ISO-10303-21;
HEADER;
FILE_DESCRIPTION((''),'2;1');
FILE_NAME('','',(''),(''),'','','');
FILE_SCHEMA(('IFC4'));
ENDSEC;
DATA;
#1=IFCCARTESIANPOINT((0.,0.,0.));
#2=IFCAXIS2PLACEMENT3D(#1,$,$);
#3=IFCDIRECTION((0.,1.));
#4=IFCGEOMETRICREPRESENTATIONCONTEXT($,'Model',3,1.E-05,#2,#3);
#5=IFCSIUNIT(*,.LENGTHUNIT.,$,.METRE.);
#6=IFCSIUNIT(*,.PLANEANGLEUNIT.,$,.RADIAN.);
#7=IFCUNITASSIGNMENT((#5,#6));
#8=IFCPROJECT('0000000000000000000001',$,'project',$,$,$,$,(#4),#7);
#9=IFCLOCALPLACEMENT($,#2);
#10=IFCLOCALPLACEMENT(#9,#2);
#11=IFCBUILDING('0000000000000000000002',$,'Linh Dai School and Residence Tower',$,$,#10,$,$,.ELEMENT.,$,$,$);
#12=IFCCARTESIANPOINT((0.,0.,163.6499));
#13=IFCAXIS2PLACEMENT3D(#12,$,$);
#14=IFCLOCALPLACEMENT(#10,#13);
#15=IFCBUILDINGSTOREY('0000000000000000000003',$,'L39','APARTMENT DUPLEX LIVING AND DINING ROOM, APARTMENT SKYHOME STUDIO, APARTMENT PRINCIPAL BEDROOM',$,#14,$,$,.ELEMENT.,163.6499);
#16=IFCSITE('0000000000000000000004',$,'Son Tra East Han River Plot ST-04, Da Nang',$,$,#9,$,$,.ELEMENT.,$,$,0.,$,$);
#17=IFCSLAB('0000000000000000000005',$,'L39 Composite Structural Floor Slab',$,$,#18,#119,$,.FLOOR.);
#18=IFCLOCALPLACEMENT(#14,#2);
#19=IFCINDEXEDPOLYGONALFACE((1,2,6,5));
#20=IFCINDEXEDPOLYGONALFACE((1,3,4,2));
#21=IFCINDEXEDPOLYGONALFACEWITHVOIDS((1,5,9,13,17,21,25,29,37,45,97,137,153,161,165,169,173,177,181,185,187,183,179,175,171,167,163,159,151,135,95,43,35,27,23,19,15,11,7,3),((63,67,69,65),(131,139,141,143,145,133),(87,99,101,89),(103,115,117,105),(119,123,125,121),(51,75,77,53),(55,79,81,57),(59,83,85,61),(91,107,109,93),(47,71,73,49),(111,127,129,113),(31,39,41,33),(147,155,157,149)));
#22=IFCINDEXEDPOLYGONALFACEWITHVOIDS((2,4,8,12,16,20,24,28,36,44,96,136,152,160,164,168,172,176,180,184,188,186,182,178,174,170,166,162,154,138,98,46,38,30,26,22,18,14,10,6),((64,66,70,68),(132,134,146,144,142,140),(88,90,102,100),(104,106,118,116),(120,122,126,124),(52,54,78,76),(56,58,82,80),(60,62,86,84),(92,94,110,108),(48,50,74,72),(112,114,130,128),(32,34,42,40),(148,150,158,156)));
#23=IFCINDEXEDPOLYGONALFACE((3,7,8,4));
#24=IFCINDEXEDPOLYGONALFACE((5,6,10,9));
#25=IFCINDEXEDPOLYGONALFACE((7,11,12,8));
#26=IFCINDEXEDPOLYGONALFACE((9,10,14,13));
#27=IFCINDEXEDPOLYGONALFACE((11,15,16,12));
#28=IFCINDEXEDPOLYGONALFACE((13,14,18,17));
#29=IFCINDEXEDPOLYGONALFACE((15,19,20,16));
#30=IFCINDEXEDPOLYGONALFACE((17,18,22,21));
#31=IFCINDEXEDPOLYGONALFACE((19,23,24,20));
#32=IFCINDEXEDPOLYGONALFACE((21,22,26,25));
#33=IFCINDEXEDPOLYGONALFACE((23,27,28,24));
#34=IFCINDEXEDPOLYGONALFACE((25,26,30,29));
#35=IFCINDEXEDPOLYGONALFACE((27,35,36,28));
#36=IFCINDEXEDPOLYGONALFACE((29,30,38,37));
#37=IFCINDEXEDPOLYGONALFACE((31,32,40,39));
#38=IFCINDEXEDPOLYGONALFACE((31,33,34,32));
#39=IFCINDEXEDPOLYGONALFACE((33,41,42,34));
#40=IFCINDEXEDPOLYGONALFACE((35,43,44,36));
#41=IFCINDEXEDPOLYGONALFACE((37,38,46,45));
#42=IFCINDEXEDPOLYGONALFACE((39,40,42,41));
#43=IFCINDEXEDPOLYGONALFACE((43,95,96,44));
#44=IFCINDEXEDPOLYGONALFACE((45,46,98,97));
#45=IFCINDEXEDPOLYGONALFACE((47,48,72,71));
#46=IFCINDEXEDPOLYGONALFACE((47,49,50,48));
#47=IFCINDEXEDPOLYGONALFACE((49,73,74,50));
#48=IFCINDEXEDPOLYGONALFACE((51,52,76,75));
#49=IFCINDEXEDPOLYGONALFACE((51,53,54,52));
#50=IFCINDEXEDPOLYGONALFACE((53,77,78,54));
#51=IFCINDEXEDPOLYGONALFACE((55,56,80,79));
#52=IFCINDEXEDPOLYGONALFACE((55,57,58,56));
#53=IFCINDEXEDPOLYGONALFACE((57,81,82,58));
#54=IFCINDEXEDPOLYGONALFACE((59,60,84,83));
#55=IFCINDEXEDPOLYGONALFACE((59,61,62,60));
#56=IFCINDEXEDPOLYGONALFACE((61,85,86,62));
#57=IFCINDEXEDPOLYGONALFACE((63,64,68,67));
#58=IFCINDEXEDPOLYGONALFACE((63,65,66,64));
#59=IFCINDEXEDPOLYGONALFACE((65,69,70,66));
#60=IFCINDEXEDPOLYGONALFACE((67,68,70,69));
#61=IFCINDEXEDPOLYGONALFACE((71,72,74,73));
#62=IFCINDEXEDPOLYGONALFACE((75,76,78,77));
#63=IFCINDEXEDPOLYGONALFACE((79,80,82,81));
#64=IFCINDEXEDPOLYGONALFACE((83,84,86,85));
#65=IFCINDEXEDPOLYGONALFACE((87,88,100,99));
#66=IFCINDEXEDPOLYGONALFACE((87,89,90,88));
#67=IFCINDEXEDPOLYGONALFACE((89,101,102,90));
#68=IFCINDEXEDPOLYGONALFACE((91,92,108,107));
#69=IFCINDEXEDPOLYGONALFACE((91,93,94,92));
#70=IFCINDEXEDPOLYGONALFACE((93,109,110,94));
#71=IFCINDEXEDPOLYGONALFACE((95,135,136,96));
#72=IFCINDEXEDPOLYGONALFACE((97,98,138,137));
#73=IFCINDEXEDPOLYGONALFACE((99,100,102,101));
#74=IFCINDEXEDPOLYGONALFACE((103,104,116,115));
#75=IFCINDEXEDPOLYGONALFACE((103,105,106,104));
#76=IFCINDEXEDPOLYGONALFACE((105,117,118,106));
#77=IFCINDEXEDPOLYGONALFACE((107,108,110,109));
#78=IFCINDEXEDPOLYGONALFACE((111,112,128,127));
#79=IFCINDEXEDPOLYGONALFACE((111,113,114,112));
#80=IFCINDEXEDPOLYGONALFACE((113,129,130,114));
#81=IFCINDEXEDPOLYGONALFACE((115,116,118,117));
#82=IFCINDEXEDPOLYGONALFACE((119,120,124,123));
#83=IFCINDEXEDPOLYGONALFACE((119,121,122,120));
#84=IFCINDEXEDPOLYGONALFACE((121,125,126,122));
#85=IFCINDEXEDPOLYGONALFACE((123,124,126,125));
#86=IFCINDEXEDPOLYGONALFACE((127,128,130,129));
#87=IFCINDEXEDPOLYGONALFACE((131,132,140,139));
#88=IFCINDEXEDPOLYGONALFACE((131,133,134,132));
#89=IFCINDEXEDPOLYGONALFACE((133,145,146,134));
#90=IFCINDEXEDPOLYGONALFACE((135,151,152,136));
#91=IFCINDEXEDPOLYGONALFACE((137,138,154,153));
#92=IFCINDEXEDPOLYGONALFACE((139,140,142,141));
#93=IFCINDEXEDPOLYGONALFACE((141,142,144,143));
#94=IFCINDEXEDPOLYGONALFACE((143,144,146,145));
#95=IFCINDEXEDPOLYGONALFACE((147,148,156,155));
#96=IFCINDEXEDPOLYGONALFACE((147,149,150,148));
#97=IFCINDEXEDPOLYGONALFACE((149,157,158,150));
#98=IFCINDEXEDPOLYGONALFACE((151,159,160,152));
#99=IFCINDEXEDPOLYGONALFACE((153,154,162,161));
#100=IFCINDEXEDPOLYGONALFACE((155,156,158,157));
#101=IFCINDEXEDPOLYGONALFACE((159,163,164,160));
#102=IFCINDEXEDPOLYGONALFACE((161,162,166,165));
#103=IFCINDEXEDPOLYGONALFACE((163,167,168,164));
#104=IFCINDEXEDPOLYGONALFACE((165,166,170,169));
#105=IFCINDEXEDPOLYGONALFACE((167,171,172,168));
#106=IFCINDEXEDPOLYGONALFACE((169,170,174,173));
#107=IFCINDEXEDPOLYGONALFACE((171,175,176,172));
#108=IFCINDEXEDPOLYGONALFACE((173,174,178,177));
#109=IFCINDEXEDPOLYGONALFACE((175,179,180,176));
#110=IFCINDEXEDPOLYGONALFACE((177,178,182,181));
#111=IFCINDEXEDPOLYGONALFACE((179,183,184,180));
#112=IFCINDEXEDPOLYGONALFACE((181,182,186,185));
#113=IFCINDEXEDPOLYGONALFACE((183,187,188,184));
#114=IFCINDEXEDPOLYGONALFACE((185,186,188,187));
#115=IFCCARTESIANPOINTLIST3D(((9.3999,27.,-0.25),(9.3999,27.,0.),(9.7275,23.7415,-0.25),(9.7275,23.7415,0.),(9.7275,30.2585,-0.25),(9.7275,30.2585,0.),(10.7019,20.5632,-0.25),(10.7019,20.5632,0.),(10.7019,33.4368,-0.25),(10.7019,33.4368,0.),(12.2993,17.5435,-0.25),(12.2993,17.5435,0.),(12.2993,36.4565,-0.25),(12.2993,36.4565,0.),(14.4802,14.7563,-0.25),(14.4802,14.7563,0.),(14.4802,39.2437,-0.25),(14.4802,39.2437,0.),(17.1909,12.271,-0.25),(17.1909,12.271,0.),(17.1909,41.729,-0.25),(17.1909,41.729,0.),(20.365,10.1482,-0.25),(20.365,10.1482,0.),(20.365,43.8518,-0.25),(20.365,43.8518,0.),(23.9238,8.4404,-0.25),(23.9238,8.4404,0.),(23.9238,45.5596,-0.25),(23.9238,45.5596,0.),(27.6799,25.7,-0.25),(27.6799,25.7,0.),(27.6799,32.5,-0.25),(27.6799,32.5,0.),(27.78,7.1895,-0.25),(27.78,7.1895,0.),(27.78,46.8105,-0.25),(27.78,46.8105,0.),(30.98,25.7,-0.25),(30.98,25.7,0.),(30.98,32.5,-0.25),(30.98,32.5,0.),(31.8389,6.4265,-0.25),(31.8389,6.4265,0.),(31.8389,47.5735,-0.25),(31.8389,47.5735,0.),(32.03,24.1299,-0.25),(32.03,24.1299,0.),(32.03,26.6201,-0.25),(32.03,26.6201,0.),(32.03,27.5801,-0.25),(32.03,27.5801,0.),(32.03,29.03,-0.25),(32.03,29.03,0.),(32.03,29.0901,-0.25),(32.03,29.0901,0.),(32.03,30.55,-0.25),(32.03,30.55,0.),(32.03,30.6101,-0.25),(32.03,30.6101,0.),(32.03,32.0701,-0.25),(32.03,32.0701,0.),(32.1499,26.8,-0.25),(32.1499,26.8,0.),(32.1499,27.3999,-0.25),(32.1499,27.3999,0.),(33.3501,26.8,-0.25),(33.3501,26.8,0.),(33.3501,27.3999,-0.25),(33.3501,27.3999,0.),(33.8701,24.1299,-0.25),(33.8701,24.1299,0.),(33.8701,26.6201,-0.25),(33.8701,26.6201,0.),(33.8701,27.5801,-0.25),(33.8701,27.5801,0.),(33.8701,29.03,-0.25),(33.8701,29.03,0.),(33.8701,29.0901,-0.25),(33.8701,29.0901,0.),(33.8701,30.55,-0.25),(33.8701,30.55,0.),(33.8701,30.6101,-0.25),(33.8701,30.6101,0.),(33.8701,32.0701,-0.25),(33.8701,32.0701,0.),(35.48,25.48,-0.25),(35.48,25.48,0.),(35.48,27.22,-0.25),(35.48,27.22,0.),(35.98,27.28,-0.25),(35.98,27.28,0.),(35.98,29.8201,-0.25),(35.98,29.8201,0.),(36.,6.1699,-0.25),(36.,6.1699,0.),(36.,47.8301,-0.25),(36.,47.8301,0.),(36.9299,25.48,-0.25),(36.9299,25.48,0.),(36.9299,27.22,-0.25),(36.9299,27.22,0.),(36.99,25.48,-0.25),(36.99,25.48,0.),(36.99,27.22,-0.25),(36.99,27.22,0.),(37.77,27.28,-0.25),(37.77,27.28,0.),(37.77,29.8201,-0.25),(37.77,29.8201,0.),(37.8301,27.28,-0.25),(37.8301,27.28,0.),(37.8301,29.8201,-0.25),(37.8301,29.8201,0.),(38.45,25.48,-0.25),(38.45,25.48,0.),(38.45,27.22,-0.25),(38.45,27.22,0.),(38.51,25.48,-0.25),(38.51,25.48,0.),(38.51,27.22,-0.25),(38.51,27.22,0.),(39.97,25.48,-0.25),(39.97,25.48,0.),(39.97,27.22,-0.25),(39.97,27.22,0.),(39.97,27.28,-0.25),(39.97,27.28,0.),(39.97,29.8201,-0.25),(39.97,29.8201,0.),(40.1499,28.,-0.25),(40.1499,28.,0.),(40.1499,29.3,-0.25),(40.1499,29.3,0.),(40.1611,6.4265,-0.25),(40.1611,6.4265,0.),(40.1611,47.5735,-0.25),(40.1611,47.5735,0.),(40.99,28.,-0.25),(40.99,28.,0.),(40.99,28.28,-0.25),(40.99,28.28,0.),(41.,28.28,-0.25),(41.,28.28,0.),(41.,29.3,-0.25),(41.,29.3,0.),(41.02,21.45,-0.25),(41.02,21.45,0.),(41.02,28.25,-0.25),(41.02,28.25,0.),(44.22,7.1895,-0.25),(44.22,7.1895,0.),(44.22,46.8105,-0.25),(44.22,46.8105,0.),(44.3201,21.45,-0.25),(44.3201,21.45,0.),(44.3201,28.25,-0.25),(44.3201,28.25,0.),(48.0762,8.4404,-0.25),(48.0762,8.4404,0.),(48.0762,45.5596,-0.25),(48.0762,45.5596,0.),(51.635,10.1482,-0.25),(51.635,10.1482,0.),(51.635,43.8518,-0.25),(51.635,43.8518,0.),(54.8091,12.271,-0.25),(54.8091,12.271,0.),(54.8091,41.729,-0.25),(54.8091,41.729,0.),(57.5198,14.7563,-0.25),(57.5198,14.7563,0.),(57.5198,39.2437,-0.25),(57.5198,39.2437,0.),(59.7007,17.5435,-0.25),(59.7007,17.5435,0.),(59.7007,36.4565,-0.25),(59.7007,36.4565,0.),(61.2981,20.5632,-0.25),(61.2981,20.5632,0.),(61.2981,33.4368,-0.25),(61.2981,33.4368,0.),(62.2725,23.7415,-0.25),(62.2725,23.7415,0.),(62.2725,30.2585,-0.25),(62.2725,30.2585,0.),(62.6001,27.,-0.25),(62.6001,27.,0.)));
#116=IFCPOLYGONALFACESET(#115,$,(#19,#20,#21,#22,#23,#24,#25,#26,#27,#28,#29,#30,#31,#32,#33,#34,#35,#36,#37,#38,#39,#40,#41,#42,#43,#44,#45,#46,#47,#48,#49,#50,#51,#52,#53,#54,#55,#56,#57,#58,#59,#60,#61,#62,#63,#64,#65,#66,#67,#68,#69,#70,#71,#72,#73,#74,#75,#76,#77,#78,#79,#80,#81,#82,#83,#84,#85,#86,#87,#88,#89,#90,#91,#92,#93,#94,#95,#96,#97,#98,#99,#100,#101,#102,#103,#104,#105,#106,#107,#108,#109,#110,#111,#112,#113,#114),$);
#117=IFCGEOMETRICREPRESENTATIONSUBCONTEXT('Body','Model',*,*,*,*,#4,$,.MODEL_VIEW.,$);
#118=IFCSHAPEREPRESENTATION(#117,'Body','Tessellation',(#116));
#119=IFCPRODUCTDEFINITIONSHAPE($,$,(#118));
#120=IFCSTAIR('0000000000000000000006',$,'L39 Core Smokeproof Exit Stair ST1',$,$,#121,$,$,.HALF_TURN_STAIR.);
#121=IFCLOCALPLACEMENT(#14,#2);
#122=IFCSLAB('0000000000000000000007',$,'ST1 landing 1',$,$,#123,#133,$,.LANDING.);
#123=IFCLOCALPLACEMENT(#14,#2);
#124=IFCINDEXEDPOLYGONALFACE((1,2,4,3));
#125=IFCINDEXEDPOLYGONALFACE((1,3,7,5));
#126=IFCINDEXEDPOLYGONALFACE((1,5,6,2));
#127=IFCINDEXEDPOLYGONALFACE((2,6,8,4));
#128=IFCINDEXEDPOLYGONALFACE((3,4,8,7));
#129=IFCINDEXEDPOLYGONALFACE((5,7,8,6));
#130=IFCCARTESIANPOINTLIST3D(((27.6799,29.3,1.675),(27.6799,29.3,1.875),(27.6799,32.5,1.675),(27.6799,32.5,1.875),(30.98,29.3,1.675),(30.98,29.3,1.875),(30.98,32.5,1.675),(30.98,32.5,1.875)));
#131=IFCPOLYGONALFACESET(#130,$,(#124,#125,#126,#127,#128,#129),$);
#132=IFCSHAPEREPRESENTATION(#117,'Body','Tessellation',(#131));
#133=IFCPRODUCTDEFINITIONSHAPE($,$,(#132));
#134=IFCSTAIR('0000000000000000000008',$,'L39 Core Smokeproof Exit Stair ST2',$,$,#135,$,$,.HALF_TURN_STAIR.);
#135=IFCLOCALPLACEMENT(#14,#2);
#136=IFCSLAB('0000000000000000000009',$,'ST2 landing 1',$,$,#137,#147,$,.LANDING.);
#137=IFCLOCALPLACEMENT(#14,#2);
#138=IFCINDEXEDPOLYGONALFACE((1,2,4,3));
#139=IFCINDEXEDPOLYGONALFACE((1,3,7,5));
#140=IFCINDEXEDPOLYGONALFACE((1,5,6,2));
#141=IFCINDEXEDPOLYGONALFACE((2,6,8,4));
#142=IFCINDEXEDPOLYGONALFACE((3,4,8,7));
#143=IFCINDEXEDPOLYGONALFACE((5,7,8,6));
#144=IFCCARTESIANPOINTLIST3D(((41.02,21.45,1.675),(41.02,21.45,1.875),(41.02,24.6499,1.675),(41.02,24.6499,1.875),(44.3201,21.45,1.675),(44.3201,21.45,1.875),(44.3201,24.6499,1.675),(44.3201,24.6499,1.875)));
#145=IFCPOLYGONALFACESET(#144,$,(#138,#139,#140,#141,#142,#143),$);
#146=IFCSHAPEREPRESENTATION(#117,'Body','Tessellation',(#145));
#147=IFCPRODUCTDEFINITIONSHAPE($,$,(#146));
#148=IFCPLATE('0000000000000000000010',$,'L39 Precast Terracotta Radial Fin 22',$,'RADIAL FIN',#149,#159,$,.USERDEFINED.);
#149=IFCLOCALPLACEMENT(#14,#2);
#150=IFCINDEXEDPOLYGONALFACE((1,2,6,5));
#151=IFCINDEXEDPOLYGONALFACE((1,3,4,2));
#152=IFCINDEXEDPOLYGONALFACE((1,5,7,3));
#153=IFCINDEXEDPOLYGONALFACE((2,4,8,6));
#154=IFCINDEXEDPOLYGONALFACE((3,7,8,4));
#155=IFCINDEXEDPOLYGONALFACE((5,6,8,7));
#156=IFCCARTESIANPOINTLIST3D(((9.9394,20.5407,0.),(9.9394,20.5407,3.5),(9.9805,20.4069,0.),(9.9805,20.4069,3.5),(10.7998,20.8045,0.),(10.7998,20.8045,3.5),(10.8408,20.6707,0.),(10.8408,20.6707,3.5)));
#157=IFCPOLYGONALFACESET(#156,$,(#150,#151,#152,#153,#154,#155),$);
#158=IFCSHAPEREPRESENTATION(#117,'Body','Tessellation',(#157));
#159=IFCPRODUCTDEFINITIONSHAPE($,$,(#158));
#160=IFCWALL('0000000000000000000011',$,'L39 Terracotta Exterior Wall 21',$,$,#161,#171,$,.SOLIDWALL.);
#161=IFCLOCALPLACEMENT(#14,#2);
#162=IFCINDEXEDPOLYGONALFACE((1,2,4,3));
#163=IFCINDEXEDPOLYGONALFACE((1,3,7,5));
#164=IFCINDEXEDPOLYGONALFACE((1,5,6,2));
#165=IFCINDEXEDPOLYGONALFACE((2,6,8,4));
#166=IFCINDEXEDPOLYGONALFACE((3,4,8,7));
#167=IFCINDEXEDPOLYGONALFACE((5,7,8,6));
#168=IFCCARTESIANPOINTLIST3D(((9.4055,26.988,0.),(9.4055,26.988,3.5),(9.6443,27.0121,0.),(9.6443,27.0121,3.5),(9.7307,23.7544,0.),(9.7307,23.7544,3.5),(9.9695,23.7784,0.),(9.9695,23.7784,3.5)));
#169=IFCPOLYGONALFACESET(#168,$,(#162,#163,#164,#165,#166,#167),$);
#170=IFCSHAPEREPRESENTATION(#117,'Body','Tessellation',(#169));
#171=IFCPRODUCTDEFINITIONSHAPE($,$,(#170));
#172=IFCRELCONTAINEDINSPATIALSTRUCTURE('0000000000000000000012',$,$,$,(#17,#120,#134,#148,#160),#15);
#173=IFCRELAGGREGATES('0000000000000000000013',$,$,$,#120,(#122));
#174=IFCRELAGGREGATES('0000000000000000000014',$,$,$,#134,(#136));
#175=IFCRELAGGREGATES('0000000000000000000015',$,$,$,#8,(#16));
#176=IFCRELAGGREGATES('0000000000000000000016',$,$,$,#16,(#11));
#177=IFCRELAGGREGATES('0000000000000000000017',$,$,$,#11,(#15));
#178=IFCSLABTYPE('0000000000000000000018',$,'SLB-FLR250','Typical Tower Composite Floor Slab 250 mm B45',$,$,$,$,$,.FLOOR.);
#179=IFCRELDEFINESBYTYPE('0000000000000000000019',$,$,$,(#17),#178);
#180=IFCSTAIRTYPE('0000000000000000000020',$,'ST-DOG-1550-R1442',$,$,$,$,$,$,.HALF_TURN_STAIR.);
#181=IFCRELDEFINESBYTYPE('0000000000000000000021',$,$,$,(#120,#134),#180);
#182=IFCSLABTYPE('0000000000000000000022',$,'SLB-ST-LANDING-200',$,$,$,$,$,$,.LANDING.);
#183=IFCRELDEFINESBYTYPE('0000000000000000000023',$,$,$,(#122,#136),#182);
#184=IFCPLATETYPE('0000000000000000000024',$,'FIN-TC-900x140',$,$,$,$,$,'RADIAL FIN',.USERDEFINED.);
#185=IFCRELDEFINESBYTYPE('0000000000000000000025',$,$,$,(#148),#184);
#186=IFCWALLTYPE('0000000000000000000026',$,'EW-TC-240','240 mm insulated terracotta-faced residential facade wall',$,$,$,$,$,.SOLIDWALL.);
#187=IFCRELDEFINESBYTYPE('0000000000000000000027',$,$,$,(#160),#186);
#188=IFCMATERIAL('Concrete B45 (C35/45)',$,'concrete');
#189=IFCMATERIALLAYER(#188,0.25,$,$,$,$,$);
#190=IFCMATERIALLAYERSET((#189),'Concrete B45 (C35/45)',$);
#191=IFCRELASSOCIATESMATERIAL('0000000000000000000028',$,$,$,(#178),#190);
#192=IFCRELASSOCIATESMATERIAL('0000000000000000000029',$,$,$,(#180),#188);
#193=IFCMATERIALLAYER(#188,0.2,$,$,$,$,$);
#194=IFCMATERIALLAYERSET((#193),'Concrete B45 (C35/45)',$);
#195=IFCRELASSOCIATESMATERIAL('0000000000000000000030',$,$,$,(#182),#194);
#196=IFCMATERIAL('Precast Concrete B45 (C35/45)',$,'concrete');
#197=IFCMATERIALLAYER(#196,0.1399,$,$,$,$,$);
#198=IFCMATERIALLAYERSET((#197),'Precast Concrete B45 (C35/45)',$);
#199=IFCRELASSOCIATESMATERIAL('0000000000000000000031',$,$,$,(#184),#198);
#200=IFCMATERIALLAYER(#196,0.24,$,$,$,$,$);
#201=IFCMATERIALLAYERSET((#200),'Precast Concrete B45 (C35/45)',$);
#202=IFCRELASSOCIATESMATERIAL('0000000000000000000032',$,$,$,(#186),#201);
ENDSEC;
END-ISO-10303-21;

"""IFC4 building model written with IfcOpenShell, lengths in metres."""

from ifc_helpers import new_model, si_unit, direction, frame, frame_2d, origin, origin_2d, place, context, subcontext, project, spatial, polyline, rectangle, outline, extrude, source, transform, mapped, material, layer, layer_set, type_object, element, aggregate, save


model = new_model("IFC4")

# Units and contexts
model_context = context("Model", 3, precision=1e-05, world=origin(), true_north=direction((0.0, 1.0)))
body_context = subcontext(model_context, "Body", "Model", "MODEL_VIEW")
ifc_project = project(units=[si_unit("LENGTHUNIT", "METRE"), si_unit("PLANEANGLEUNIT", "RADIAN")], contexts=[model_context])

# Site, building, storey
site_placement = place(None, origin())
site = spatial("IfcSite", under=ifc_project, at=site_placement, Name="Son Tra East Han River Plot ST-04, Da Nang", CompositionType="ELEMENT", RefElevation=0.0)
building_placement = place(site_placement, origin())
building = spatial("IfcBuilding", under=site, at=building_placement, Name="Linh Dai School and Residence Tower", CompositionType="ELEMENT")
storey_placement = place(building_placement, frame((0.0, 0.0, 163.6499)))
storey = spatial("IfcBuildingStorey", under=building, at=storey_placement, Name="L39", Description="APARTMENT DUPLEX LIVING AND DINING ROOM, APARTMENT SKYHOME STUDIO, APARTMENT PRINCIPAL BEDROOM", CompositionType="ELEMENT", Elevation=163.6499)

# Slab
ifc_material_1 = material(Name="Concrete B45 (C35/45)", Category="concrete")
ifc_layer_1 = layer(ifc_material_1, 0.25)
ifc_layer_set_1 = layer_set([ifc_layer_1], Name="Concrete B45 (C35/45)")
slab_type_1 = type_object("IfcSlabType", Name="SLB-FLR250", Description="Typical Tower Composite Floor Slab 250 mm B45", PredefinedType="FLOOR", material=ifc_layer_set_1)
slab_1_placement = place(storey_placement, frame((0.0, 0.0, -0.25)))
element("IfcSlab", 1, at=slab_1_placement, inside=storey, type_object=slab_type_1, Name="L39 Composite Structural Floor Slab", PredefinedType="FLOOR", context=body_context, shape_type="SweptSolid", body=[
    extrude(outline(polyline([(62.6001, 27.0), (62.2725, 30.2585), (61.2981, 33.4368), (59.7007, 36.4565), (57.5198, 39.2437), (54.8091, 41.729), (51.635, 43.8518), (48.0762, 45.5596), (44.22, 46.8105), (40.1611, 47.5735), (36.0, 47.8301), (31.8389, 47.5735), (27.78, 46.8105), (23.9238, 45.5596), (20.365, 43.8518), (17.1909, 41.729), (14.4802, 39.2437), (12.2993, 36.4565), (10.7019, 33.4368), (9.7275, 30.2585), (9.3999, 27.0), (9.7275, 23.7415), (10.7019, 20.5632), (12.2993, 17.5435), (14.4802, 14.7563), (17.1909, 12.271), (20.365, 10.1482), (23.9238, 8.4404), (27.78, 7.1895), (31.8389, 6.4265), (36.0, 6.1699), (40.1611, 6.4265), (44.22, 7.1895), (48.0762, 8.4404), (51.635, 10.1482), (54.8091, 12.271), (57.5198, 14.7563), (59.7007, 17.5435), (61.2981, 20.5632), (62.2725, 23.7415), (62.6001, 27.0)]), holes=[polyline([(30.98, 25.7), (30.98, 32.5), (27.6799, 32.5), (27.6799, 25.7), (30.98, 25.7)]), polyline([(41.02, 28.25), (41.02, 21.45), (44.3201, 21.45), (44.3201, 28.25), (41.02, 28.25)]), polyline([(35.98, 27.28), (37.77, 27.28), (37.77, 29.8201), (35.98, 29.8201), (35.98, 27.28)]), polyline([(32.03, 24.1299), (33.8701, 24.1299), (33.8701, 26.6201), (32.03, 26.6201), (32.03, 24.1299)]), polyline([(37.8301, 27.28), (39.97, 27.28), (39.97, 29.8201), (37.8301, 29.8201), (37.8301, 27.28)]), polyline([(32.03, 27.5801), (33.8701, 27.5801), (33.8701, 29.03), (32.03, 29.03), (32.03, 27.5801)]), polyline([(32.03, 29.0901), (33.8701, 29.0901), (33.8701, 30.55), (32.03, 30.55), (32.03, 29.0901)]), polyline([(32.03, 30.6101), (33.8701, 30.6101), (33.8701, 32.0701), (32.03, 32.0701), (32.03, 30.6101)]), polyline([(35.48, 25.48), (36.9299, 25.48), (36.9299, 27.22), (35.48, 27.22), (35.48, 25.48)]), polyline([(36.99, 25.48), (38.45, 25.48), (38.45, 27.22), (36.99, 27.22), (36.99, 25.48)]), polyline([(38.51, 25.48), (39.97, 25.48), (39.97, 27.22), (38.51, 27.22), (38.51, 25.48)]), polyline([(40.1499, 28.0), (40.1499, 29.3), (41.0, 29.3), (41.0, 28.28), (40.99, 28.28), (40.99, 28.0), (40.1499, 28.0)]), polyline([(32.1499, 26.8), (33.3501, 26.8), (33.3501, 27.3999), (32.1499, 27.3999), (32.1499, 26.8)])]), origin(), (0.0, 0.0, 1.0), 0.25),
])

# Stairs, slabs
stair_type = type_object("IfcStairType", Name="ST-DOG-1550-R1442", PredefinedType="HALF_TURN_STAIR", material=ifc_material_1)
stair_1_placement = place(storey_placement, origin())
stair_1 = element("IfcStair", 2, at=stair_1_placement, inside=storey, type_object=stair_type, Name="L39 Core Smokeproof Exit Stair ST1", PredefinedType="HALF_TURN_STAIR")
ifc_layer_2 = layer(ifc_material_1, 0.2)
ifc_layer_set_2 = layer_set([ifc_layer_2], Name="Concrete B45 (C35/45)")
slab_type_2 = type_object("IfcSlabType", Name="SLB-ST-LANDING-200", PredefinedType="LANDING", material=ifc_layer_set_2)
slab_2_placement = place(storey_placement, frame((0.0, 0.0, 1.675)))
slab_2 = element("IfcSlab", 3, at=slab_2_placement, type_object=slab_type_2, Name="ST1 landing 1", PredefinedType="LANDING", context=body_context, shape_type="SweptSolid", body=[
    extrude(outline(polyline([(30.98, 29.3), (30.98, 32.5), (27.6799, 32.5), (27.6799, 29.3), (30.98, 29.3)])), origin(), (0.0, 0.0, 1.0), 0.2),
])
aggregate(stair_1, [slab_2])
stair_2_placement = place(storey_placement, origin())
stair_2 = element("IfcStair", 4, at=stair_2_placement, inside=storey, type_object=stair_type, Name="L39 Core Smokeproof Exit Stair ST2", PredefinedType="HALF_TURN_STAIR")
slab_3_placement = place(storey_placement, frame((0.0, 0.0, 1.675)))
slab_3 = element("IfcSlab", 5, at=slab_3_placement, type_object=slab_type_2, Name="ST2 landing 1", PredefinedType="LANDING", context=body_context, shape_type="SweptSolid", body=[
    extrude(outline(polyline([(41.02, 24.6499), (41.02, 21.45), (44.3201, 21.45), (44.3201, 24.6499), (41.02, 24.6499)])), origin(), (0.0, 0.0, 1.0), 0.2),
])
aggregate(stair_2, [slab_3])

# Plate
ifc_material_2 = material(Name="Precast Concrete B45 (C35/45)", Category="concrete")
ifc_layer_3 = layer(ifc_material_2, 0.1399)
ifc_layer_set_3 = layer_set([ifc_layer_3], Name="Precast Concrete B45 (C35/45)")
plate_type = type_object("IfcPlateType", Name="FIN-TC-900x140", ElementType="RADIAL FIN", PredefinedType="USERDEFINED", material=ifc_layer_set_3)
shared_shape_1 = source(origin(), body_context, "Body", "SweptSolid", [
    extrude(rectangle(XDim=0.8999, YDim=0.1399, at=origin_2d()), origin(), (0.0, 0.0, 1.0), 3.5),
])
plate_placement = place(storey_placement, frame((10.3901, 20.6057, 0.0), z_axis=(0.0, 0.0, 1.0), x_axis=(-0.956075, -0.293122, 0.0)))
element("IfcPlate", 6, at=plate_placement, inside=storey, type_object=plate_type, Name="L39 Precast Terracotta Radial Fin 22", ObjectType="RADIAL FIN", PredefinedType="USERDEFINED", context=body_context, shape_type="MappedRepresentation", body=[
    mapped(shared_shape_1, transform((0.0, 0.0, 0.0), x_axis=(1.0, 0.0, 0.0), y_axis=(0.0, 1.0, 0.0), z_axis=(0.0, 0.0, 1.0), scale=1.0)),
])

# Wall
ifc_layer_4 = layer(ifc_material_2, 0.24)
ifc_layer_set_4 = layer_set([ifc_layer_4], Name="Precast Concrete B45 (C35/45)")
wall_type_1 = type_object("IfcWallType", Name="EW-TC-240", Description="240 mm insulated terracotta-faced residential facade wall", PredefinedType="SOLIDWALL", material=ifc_layer_set_4)
wall_1_placement = place(storey_placement, frame((9.8501, 23.7664, 0.0), z_axis=(0.0, 0.0, 1.0), x_axis=(-0.100062, 0.994981, 0.0)))
element("IfcWall", 7, at=wall_1_placement, inside=storey, type_object=wall_type_1, Name="L39 Terracotta Exterior Wall 21", PredefinedType="SOLIDWALL", context=body_context, shape_type="SweptSolid", body=[
    extrude(rectangle(XDim=3.25, YDim=0.24, at=frame_2d((1.625, 0.0))), origin(), (0.0, 0.0, 1.0), 3.5),
])

save(model, "model.ifc")
